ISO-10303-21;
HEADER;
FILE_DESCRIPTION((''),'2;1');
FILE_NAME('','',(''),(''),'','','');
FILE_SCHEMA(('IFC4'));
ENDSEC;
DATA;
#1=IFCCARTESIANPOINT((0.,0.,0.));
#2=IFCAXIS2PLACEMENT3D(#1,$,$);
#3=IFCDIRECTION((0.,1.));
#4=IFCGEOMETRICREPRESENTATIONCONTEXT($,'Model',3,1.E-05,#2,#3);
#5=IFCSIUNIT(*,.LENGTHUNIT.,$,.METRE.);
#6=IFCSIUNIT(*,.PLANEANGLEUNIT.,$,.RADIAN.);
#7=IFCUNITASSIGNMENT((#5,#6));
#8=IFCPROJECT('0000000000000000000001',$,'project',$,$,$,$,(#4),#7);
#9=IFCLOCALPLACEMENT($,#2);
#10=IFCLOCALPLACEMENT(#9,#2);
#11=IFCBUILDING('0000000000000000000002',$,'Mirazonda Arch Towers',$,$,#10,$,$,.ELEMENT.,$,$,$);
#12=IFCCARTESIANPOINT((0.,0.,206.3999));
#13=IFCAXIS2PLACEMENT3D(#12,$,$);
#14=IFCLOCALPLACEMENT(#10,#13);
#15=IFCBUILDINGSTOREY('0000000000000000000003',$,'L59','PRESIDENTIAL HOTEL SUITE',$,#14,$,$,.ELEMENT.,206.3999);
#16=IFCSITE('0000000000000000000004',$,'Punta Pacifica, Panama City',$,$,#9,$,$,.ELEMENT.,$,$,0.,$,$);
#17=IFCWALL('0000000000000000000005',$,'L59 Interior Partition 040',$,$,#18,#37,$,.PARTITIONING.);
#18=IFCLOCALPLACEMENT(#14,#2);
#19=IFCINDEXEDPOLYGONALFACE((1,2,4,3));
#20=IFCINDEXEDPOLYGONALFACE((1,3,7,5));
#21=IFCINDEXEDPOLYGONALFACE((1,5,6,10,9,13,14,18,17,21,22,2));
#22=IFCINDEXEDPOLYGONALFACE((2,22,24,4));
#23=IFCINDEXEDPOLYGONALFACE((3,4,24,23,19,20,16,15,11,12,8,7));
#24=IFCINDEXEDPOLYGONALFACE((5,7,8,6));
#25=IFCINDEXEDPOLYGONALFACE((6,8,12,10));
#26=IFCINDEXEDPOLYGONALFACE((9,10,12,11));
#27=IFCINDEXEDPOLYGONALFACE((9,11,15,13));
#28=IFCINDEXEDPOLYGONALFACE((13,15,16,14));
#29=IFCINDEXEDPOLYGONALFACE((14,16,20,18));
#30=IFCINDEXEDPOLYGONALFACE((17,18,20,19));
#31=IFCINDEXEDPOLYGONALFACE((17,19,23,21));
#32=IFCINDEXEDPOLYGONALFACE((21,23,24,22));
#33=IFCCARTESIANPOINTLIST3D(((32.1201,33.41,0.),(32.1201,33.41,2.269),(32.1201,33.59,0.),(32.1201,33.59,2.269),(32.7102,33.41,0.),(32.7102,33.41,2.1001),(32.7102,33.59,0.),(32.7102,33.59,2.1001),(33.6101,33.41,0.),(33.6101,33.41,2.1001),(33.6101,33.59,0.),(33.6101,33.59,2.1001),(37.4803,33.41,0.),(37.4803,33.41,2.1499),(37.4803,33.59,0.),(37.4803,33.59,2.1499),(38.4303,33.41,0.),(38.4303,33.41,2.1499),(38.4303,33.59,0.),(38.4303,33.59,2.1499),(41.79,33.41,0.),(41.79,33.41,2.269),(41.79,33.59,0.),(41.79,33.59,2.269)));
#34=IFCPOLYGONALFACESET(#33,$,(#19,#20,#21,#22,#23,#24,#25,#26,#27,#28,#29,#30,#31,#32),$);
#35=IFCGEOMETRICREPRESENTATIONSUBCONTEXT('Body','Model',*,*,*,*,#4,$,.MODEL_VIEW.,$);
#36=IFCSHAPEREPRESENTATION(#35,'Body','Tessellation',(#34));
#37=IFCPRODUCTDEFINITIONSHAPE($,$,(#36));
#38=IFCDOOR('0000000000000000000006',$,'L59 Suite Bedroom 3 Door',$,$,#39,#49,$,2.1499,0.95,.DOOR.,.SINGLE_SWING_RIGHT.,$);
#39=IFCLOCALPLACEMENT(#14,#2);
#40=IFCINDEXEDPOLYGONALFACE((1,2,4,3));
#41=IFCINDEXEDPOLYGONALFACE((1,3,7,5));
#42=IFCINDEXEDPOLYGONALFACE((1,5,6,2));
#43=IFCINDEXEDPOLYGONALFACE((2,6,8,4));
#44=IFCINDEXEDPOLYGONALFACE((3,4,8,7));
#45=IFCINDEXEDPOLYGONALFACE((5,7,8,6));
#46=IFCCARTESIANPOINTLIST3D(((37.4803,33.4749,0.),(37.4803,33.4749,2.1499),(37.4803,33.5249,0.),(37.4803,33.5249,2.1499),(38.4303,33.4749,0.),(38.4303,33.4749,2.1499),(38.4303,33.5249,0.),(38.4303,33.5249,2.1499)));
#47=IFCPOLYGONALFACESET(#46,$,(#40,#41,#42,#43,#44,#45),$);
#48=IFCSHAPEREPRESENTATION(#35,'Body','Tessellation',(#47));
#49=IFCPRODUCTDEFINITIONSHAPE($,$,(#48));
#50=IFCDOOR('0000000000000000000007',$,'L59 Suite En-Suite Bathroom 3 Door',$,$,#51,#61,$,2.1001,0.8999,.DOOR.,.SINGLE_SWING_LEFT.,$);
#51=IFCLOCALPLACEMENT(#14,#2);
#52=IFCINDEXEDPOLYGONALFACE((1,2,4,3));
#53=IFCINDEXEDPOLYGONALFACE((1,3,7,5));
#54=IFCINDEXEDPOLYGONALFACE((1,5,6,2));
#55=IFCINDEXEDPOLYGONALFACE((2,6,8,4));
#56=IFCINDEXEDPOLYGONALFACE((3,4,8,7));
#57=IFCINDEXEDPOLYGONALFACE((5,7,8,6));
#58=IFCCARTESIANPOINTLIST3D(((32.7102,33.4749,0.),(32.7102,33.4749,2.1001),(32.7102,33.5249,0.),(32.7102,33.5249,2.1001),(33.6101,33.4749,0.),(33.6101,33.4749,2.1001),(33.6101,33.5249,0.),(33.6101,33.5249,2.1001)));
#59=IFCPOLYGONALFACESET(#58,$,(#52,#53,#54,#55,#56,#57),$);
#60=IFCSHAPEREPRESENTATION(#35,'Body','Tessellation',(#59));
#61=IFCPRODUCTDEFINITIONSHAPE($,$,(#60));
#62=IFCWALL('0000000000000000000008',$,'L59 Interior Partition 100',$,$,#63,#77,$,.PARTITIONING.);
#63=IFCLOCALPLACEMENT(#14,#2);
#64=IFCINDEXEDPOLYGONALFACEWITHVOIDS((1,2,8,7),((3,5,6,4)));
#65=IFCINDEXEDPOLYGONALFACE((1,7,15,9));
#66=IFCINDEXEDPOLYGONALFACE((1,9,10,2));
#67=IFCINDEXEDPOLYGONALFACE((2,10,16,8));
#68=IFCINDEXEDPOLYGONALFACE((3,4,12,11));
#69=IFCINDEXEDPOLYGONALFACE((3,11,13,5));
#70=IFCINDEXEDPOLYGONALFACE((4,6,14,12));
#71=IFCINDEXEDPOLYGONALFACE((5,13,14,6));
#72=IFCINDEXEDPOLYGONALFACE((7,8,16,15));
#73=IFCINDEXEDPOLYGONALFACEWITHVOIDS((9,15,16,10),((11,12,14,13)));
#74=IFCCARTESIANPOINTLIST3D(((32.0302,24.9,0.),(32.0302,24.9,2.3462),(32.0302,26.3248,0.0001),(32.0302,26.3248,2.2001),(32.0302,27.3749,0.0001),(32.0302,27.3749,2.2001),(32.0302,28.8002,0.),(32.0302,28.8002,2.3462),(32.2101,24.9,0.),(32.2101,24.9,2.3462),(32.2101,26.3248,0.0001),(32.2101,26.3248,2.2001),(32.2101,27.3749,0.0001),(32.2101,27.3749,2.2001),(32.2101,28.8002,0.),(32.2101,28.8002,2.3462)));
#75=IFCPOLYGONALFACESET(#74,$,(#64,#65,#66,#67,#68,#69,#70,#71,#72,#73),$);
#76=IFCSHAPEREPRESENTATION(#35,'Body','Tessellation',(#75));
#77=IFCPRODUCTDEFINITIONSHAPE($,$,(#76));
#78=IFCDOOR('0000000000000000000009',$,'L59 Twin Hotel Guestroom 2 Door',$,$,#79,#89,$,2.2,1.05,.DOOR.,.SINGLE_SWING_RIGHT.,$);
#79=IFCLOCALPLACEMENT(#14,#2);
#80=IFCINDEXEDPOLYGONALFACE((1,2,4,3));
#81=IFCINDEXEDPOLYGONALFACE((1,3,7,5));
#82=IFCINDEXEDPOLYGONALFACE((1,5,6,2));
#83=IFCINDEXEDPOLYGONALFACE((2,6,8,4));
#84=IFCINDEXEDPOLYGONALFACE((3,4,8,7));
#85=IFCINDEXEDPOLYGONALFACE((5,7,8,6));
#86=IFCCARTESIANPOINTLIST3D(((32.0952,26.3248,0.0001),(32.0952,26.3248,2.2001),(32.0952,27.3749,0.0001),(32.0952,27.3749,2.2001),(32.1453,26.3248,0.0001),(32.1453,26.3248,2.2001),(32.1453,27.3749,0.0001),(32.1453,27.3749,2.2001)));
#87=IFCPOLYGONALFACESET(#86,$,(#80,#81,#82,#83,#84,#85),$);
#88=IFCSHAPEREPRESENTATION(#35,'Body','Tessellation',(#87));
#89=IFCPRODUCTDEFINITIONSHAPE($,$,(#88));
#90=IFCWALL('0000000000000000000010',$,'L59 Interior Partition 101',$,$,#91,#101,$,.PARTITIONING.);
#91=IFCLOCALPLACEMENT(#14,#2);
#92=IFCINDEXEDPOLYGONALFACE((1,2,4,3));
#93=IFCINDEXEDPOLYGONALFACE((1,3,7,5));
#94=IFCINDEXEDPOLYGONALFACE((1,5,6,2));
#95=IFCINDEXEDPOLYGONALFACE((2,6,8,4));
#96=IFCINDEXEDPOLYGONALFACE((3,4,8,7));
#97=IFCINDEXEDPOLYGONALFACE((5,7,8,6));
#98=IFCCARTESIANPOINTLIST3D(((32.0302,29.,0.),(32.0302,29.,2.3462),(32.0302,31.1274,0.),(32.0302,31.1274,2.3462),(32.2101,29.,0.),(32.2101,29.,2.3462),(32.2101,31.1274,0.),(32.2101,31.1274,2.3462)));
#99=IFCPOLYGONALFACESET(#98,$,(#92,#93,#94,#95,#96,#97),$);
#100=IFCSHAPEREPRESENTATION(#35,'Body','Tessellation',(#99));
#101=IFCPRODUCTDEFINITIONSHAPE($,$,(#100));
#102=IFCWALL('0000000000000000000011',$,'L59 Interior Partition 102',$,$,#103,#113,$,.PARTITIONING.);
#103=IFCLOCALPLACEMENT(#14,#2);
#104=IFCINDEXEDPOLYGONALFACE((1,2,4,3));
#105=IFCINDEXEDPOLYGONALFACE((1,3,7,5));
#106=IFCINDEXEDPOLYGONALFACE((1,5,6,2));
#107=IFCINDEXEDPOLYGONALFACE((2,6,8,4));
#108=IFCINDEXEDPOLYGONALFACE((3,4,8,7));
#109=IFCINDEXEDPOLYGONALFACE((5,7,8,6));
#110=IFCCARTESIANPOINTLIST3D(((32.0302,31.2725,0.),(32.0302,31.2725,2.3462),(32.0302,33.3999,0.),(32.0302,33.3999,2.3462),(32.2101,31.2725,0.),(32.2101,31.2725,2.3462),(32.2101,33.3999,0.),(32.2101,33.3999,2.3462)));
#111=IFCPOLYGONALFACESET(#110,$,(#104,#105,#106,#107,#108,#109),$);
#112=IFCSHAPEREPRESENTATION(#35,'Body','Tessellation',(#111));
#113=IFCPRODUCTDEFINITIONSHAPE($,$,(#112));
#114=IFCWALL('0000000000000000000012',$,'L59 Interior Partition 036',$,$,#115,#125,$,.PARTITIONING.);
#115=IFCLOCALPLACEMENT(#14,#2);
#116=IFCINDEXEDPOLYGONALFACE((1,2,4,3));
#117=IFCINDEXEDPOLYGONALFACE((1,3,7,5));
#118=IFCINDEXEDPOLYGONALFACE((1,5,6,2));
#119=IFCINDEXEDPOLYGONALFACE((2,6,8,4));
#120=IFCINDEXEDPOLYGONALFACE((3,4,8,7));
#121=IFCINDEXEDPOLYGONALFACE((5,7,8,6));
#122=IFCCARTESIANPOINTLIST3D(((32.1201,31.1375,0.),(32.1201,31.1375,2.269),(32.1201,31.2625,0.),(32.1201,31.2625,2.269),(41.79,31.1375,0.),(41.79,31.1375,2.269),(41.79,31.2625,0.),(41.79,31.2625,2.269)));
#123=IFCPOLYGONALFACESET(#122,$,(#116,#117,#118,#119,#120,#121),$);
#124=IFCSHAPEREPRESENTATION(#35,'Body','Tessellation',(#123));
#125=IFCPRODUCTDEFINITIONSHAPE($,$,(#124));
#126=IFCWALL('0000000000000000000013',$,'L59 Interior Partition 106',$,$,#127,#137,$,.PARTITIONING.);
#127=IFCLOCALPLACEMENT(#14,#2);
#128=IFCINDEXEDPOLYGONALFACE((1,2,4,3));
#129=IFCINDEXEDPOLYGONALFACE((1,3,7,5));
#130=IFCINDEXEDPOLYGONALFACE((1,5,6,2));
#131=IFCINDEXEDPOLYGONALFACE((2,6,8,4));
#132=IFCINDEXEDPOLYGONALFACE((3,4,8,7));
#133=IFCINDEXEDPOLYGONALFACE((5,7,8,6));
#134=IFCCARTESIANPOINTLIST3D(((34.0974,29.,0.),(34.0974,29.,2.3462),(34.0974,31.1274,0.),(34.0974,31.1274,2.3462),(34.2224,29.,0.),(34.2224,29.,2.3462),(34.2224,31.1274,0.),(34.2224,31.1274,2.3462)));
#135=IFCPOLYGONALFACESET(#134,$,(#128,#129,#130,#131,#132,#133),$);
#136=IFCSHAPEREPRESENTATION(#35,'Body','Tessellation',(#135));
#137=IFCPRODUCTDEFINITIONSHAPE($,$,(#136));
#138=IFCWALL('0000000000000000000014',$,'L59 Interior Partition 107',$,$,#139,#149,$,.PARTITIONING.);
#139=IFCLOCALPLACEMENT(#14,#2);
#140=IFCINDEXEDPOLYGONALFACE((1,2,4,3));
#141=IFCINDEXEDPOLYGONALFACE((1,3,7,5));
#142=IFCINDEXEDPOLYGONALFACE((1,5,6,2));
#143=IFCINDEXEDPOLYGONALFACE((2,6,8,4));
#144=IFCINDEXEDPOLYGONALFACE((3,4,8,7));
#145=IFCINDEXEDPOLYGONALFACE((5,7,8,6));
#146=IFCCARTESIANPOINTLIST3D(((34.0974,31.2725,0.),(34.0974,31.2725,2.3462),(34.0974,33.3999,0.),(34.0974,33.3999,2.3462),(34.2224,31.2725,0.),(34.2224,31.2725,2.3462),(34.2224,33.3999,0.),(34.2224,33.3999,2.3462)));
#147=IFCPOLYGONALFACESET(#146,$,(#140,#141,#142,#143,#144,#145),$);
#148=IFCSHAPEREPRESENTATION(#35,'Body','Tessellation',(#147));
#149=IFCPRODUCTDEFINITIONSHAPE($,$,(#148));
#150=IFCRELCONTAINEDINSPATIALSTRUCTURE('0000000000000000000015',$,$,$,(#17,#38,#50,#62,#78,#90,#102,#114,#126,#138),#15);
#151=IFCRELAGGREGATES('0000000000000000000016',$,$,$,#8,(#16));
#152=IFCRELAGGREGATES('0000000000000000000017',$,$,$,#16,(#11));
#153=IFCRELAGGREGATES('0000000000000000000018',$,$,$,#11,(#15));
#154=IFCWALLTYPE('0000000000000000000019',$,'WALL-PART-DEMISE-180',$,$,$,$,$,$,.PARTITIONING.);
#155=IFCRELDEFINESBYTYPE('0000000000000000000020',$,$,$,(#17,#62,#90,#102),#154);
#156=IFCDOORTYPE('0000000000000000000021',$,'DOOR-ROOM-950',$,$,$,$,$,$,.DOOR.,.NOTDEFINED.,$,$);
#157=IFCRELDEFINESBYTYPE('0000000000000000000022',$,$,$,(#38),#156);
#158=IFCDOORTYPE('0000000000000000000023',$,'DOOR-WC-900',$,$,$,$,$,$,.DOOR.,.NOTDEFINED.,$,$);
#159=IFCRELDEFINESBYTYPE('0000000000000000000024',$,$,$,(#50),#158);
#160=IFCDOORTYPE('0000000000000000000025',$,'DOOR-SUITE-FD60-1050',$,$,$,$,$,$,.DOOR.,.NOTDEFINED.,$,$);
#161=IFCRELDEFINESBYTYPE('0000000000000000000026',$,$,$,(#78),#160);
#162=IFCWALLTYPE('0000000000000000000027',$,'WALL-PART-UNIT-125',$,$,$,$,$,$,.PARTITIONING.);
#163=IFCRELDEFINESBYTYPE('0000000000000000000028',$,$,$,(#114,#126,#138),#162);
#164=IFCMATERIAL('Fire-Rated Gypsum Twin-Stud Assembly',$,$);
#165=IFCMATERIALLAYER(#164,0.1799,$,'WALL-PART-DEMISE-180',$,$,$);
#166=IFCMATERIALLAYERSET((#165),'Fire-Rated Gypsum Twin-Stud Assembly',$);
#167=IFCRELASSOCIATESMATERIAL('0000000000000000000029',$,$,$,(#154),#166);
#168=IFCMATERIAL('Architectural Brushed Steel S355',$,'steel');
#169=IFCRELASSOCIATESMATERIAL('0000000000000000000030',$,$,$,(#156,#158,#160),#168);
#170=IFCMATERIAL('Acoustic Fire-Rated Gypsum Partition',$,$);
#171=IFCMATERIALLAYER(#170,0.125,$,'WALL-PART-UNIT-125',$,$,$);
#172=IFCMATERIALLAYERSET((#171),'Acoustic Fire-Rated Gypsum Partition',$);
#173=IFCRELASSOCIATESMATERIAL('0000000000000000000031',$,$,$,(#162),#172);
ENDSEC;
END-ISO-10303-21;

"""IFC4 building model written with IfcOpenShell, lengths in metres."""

from ifc_helpers import new_model, si_unit, direction, frame, frame_2d, origin, place, context, subcontext, project, spatial, rectangle, extrude, material, layer, layer_set, type_object, element, fill, save


model = new_model("IFC4")

# Units and contexts
model_context = context("Model", 3, precision=1e-05, world=origin(), true_north=direction((0.0, 1.0)))
body_context = subcontext(model_context, "Body", "Model", "MODEL_VIEW")
ifc_project = project(units=[si_unit("LENGTHUNIT", "METRE"), si_unit("PLANEANGLEUNIT", "RADIAN")], contexts=[model_context])

# Site, building, storey
site_placement = place(None, origin())
site = spatial("IfcSite", under=ifc_project, at=site_placement, Name="Punta Pacifica, Panama City", CompositionType="ELEMENT", RefElevation=0.0)
building_placement = place(site_placement, origin())
building = spatial("IfcBuilding", under=site, at=building_placement, Name="Mirazonda Arch Towers", CompositionType="ELEMENT")
storey_placement = place(building_placement, frame((0.0, 0.0, 206.3999)))
storey = spatial("IfcBuildingStorey", under=building, at=storey_placement, Name="L59", Description="PRESIDENTIAL HOTEL SUITE", CompositionType="ELEMENT", Elevation=206.3999)

# Shared definitions
ifc_material_1 = material(Name="Fire-Rated Gypsum Twin-Stud Assembly")
ifc_layer_1 = layer(ifc_material_1, 0.1799, Name="WALL-PART-DEMISE-180")
ifc_layer_set_1 = layer_set([ifc_layer_1], Name="Fire-Rated Gypsum Twin-Stud Assembly")
wall_type_1 = type_object("IfcWallType", Name="WALL-PART-DEMISE-180", PredefinedType="PARTITIONING", material=ifc_layer_set_1)

# Wall, openings, doors
ifc_material_2 = material(Name="Architectural Brushed Steel S355", Category="steel")
door_type_1 = type_object("IfcDoorType", Name="DOOR-ROOM-950", OperationType="NOTDEFINED", PredefinedType="DOOR", material=ifc_material_2)
door_type_2 = type_object("IfcDoorType", Name="DOOR-WC-900", OperationType="NOTDEFINED", PredefinedType="DOOR", material=ifc_material_2)
wall_1_placement = place(storey_placement, frame((32.1201, 33.5, 0.0), z_axis=(0.0, 0.0, 1.0), x_axis=(1.0, 0.0, 0.0)))
wall_1 = element("IfcWall", 1, at=wall_1_placement, inside=storey, type_object=wall_type_1, Name="L59 Interior Partition 040", PredefinedType="PARTITIONING", context=body_context, shape_type="SweptSolid", body=[
    extrude(rectangle(XDim=9.6699, YDim=0.1799, at=frame_2d((4.835, 0.0))), origin(), (0.0, 0.0, 1.0), 2.269),
])
opening_1_placement = place(wall_1_placement, frame((5.3601, 0.0, 0.0)))
opening_1 = element("IfcOpeningElement", 2, at=opening_1_placement, cuts=wall_1, PredefinedType="OPENING", context=body_context, shape_type="SweptSolid", body=[
    extrude(rectangle(XDim=0.95, YDim=2.1499, at=frame_2d((0.4751, 1.075))), frame((0.0, 0.0999, 0.0), z_axis=(0.0, -1.0, 0.0), x_axis=(1.0, 0.0, 0.0)), (0.0, 0.0, 1.0), 0.2),
])
opening_2_placement = place(wall_1_placement, frame((0.5901, 0.0, 0.0)))
opening_2 = element("IfcOpeningElement", 3, at=opening_2_placement, cuts=wall_1, PredefinedType="OPENING", context=body_context, shape_type="SweptSolid", body=[
    extrude(rectangle(XDim=0.8999, YDim=2.1001, at=frame_2d((0.45, 1.05))), frame((0.0, 0.0999, 0.0), z_axis=(0.0, -1.0, 0.0), x_axis=(1.0, 0.0, 0.0)), (0.0, 0.0, 1.0), 0.2),
])
door_1_placement = place(opening_1_placement, origin())
door_1 = element("IfcDoor", 4, at=door_1_placement, inside=storey, type_object=door_type_1, Name="L59 Suite Bedroom 3 Door", OperationType="SINGLE_SWING_RIGHT", OverallHeight=2.1499, OverallWidth=0.95, PredefinedType="DOOR", context=body_context, shape_type="SweptSolid", body=[
    extrude(rectangle(XDim=0.95, YDim=2.1499, at=frame_2d((0.4751, 1.075))), frame((0.0, 0.0249, 0.0), z_axis=(0.0, -1.0, 0.0), x_axis=(1.0, 0.0, 0.0)), (0.0, 0.0, 1.0), 0.05),
])
fill(opening_1, door_1)
door_2_placement = place(opening_2_placement, origin())
door_2 = element("IfcDoor", 5, at=door_2_placement, inside=storey, type_object=door_type_2, Name="L59 Suite En-Suite Bathroom 3 Door", OperationType="SINGLE_SWING_LEFT", OverallHeight=2.1001, OverallWidth=0.8999, PredefinedType="DOOR", context=body_context, shape_type="SweptSolid", body=[
    extrude(rectangle(XDim=0.8999, YDim=2.1001, at=frame_2d((0.45, 1.05))), frame((0.0, 0.0249, 0.0), z_axis=(0.0, -1.0, 0.0), x_axis=(1.0, 0.0, 0.0)), (0.0, 0.0, 1.0), 0.05),
])
fill(opening_2, door_2)

# Wall, opening, door
wall_2_placement = place(storey_placement, frame((32.1201, 24.8999, 0.0), z_axis=(0.0, 0.0, 1.0), x_axis=(0.0, 1.0, 0.0)))
wall_2 = element("IfcWall", 6, at=wall_2_placement, inside=storey, type_object=wall_type_1, Name="L59 Interior Partition 100", PredefinedType="PARTITIONING", context=body_context, shape_type="SweptSolid", body=[
    extrude(rectangle(XDim=3.9001, YDim=0.1799, at=frame_2d((1.9502, 0.0))), origin(), (0.0, 0.0, 1.0), 2.3462),
])
opening_3_placement = place(wall_2_placement, frame((1.425, 0.0, 0.0)))
opening_3 = element("IfcOpeningElement", 7, at=opening_3_placement, cuts=wall_2, PredefinedType="OPENING", context=body_context, shape_type="SweptSolid", body=[
    extrude(rectangle(XDim=1.05, YDim=2.2, at=frame_2d((0.5249, 1.1001))), frame((0.0, 0.0999, 0.0), z_axis=(0.0, -1.0, 0.0), x_axis=(1.0, 0.0, 0.0)), (0.0, 0.0, 1.0), 0.2),
])
door_type_3 = type_object("IfcDoorType", Name="DOOR-SUITE-FD60-1050", OperationType="NOTDEFINED", PredefinedType="DOOR", material=ifc_material_2)
door_3_placement = place(opening_3_placement, origin())
door_3 = element("IfcDoor", 8, at=door_3_placement, inside=storey, type_object=door_type_3, Name="L59 Twin Hotel Guestroom 2 Door", OperationType="SINGLE_SWING_RIGHT", OverallHeight=2.2, OverallWidth=1.05, PredefinedType="DOOR", context=body_context, shape_type="SweptSolid", body=[
    extrude(rectangle(XDim=1.05, YDim=2.2, at=frame_2d((0.5249, 1.1001))), frame((0.0, 0.0249, 0.0), z_axis=(0.0, -1.0, 0.0), x_axis=(1.0, 0.0, 0.0)), (0.0, 0.0, 1.0), 0.05),
])
fill(opening_3, door_3)

# Walls
for number, where, z_axis, x_axis, name in (
    (9, (32.1201, 29.0, 0.0), (0.0, 0.0, 1.0), (0.0, 1.0, 0.0), "L59 Interior Partition 101"),
    (10, (32.1201, 31.2725, 0.0), (0.0, 0.0, 1.0), (0.0, 1.0, 0.0), "L59 Interior Partition 102"),
):
    element("IfcWall", number, at=place(storey_placement, frame(where, z_axis=z_axis, x_axis=x_axis)), inside=storey, type_object=wall_type_1, Name=name, PredefinedType="PARTITIONING", context=body_context, shape_type="SweptSolid", body=[
        extrude(rectangle(XDim=2.1274, YDim=0.1799, at=frame_2d((1.0637, 0.0))), origin(), (0.0, 0.0, 1.0), 2.3462),
    ])
ifc_material_3 = material(Name="Acoustic Fire-Rated Gypsum Partition")
ifc_layer_2 = layer(ifc_material_3, 0.125, Name="WALL-PART-UNIT-125")
ifc_layer_set_2 = layer_set([ifc_layer_2], Name="Acoustic Fire-Rated Gypsum Partition")
wall_type_2 = type_object("IfcWallType", Name="WALL-PART-UNIT-125", PredefinedType="PARTITIONING", material=ifc_layer_set_2)
wall_3_placement = place(storey_placement, frame((32.1201, 31.2, 0.0), z_axis=(0.0, 0.0, 1.0), x_axis=(1.0, 0.0, 0.0)))
element("IfcWall", 11, at=wall_3_placement, inside=storey, type_object=wall_type_2, Name="L59 Interior Partition 036", PredefinedType="PARTITIONING", context=body_context, shape_type="SweptSolid", body=[
    extrude(rectangle(XDim=9.6699, YDim=0.125, at=frame_2d((4.835, 0.0))), origin(), (0.0, 0.0, 1.0), 2.269),
])
for number, where, z_axis, x_axis, name in (
    (12, (34.1599, 29.0, 0.0), (0.0, 0.0, 1.0), (0.0, 1.0, 0.0), "L59 Interior Partition 106"),
    (13, (34.1599, 31.2725, 0.0), (0.0, 0.0, 1.0), (0.0, 1.0, 0.0), "L59 Interior Partition 107"),
):
    element("IfcWall", number, at=place(storey_placement, frame(where, z_axis=z_axis, x_axis=x_axis)), inside=storey, type_object=wall_type_2, Name=name, PredefinedType="PARTITIONING", context=body_context, shape_type="SweptSolid", body=[
        extrude(rectangle(XDim=2.1274, YDim=0.125, at=frame_2d((1.0637, 0.0))), origin(), (0.0, 0.0, 1.0), 2.3462),
    ])

save(model, "model.ifc")
